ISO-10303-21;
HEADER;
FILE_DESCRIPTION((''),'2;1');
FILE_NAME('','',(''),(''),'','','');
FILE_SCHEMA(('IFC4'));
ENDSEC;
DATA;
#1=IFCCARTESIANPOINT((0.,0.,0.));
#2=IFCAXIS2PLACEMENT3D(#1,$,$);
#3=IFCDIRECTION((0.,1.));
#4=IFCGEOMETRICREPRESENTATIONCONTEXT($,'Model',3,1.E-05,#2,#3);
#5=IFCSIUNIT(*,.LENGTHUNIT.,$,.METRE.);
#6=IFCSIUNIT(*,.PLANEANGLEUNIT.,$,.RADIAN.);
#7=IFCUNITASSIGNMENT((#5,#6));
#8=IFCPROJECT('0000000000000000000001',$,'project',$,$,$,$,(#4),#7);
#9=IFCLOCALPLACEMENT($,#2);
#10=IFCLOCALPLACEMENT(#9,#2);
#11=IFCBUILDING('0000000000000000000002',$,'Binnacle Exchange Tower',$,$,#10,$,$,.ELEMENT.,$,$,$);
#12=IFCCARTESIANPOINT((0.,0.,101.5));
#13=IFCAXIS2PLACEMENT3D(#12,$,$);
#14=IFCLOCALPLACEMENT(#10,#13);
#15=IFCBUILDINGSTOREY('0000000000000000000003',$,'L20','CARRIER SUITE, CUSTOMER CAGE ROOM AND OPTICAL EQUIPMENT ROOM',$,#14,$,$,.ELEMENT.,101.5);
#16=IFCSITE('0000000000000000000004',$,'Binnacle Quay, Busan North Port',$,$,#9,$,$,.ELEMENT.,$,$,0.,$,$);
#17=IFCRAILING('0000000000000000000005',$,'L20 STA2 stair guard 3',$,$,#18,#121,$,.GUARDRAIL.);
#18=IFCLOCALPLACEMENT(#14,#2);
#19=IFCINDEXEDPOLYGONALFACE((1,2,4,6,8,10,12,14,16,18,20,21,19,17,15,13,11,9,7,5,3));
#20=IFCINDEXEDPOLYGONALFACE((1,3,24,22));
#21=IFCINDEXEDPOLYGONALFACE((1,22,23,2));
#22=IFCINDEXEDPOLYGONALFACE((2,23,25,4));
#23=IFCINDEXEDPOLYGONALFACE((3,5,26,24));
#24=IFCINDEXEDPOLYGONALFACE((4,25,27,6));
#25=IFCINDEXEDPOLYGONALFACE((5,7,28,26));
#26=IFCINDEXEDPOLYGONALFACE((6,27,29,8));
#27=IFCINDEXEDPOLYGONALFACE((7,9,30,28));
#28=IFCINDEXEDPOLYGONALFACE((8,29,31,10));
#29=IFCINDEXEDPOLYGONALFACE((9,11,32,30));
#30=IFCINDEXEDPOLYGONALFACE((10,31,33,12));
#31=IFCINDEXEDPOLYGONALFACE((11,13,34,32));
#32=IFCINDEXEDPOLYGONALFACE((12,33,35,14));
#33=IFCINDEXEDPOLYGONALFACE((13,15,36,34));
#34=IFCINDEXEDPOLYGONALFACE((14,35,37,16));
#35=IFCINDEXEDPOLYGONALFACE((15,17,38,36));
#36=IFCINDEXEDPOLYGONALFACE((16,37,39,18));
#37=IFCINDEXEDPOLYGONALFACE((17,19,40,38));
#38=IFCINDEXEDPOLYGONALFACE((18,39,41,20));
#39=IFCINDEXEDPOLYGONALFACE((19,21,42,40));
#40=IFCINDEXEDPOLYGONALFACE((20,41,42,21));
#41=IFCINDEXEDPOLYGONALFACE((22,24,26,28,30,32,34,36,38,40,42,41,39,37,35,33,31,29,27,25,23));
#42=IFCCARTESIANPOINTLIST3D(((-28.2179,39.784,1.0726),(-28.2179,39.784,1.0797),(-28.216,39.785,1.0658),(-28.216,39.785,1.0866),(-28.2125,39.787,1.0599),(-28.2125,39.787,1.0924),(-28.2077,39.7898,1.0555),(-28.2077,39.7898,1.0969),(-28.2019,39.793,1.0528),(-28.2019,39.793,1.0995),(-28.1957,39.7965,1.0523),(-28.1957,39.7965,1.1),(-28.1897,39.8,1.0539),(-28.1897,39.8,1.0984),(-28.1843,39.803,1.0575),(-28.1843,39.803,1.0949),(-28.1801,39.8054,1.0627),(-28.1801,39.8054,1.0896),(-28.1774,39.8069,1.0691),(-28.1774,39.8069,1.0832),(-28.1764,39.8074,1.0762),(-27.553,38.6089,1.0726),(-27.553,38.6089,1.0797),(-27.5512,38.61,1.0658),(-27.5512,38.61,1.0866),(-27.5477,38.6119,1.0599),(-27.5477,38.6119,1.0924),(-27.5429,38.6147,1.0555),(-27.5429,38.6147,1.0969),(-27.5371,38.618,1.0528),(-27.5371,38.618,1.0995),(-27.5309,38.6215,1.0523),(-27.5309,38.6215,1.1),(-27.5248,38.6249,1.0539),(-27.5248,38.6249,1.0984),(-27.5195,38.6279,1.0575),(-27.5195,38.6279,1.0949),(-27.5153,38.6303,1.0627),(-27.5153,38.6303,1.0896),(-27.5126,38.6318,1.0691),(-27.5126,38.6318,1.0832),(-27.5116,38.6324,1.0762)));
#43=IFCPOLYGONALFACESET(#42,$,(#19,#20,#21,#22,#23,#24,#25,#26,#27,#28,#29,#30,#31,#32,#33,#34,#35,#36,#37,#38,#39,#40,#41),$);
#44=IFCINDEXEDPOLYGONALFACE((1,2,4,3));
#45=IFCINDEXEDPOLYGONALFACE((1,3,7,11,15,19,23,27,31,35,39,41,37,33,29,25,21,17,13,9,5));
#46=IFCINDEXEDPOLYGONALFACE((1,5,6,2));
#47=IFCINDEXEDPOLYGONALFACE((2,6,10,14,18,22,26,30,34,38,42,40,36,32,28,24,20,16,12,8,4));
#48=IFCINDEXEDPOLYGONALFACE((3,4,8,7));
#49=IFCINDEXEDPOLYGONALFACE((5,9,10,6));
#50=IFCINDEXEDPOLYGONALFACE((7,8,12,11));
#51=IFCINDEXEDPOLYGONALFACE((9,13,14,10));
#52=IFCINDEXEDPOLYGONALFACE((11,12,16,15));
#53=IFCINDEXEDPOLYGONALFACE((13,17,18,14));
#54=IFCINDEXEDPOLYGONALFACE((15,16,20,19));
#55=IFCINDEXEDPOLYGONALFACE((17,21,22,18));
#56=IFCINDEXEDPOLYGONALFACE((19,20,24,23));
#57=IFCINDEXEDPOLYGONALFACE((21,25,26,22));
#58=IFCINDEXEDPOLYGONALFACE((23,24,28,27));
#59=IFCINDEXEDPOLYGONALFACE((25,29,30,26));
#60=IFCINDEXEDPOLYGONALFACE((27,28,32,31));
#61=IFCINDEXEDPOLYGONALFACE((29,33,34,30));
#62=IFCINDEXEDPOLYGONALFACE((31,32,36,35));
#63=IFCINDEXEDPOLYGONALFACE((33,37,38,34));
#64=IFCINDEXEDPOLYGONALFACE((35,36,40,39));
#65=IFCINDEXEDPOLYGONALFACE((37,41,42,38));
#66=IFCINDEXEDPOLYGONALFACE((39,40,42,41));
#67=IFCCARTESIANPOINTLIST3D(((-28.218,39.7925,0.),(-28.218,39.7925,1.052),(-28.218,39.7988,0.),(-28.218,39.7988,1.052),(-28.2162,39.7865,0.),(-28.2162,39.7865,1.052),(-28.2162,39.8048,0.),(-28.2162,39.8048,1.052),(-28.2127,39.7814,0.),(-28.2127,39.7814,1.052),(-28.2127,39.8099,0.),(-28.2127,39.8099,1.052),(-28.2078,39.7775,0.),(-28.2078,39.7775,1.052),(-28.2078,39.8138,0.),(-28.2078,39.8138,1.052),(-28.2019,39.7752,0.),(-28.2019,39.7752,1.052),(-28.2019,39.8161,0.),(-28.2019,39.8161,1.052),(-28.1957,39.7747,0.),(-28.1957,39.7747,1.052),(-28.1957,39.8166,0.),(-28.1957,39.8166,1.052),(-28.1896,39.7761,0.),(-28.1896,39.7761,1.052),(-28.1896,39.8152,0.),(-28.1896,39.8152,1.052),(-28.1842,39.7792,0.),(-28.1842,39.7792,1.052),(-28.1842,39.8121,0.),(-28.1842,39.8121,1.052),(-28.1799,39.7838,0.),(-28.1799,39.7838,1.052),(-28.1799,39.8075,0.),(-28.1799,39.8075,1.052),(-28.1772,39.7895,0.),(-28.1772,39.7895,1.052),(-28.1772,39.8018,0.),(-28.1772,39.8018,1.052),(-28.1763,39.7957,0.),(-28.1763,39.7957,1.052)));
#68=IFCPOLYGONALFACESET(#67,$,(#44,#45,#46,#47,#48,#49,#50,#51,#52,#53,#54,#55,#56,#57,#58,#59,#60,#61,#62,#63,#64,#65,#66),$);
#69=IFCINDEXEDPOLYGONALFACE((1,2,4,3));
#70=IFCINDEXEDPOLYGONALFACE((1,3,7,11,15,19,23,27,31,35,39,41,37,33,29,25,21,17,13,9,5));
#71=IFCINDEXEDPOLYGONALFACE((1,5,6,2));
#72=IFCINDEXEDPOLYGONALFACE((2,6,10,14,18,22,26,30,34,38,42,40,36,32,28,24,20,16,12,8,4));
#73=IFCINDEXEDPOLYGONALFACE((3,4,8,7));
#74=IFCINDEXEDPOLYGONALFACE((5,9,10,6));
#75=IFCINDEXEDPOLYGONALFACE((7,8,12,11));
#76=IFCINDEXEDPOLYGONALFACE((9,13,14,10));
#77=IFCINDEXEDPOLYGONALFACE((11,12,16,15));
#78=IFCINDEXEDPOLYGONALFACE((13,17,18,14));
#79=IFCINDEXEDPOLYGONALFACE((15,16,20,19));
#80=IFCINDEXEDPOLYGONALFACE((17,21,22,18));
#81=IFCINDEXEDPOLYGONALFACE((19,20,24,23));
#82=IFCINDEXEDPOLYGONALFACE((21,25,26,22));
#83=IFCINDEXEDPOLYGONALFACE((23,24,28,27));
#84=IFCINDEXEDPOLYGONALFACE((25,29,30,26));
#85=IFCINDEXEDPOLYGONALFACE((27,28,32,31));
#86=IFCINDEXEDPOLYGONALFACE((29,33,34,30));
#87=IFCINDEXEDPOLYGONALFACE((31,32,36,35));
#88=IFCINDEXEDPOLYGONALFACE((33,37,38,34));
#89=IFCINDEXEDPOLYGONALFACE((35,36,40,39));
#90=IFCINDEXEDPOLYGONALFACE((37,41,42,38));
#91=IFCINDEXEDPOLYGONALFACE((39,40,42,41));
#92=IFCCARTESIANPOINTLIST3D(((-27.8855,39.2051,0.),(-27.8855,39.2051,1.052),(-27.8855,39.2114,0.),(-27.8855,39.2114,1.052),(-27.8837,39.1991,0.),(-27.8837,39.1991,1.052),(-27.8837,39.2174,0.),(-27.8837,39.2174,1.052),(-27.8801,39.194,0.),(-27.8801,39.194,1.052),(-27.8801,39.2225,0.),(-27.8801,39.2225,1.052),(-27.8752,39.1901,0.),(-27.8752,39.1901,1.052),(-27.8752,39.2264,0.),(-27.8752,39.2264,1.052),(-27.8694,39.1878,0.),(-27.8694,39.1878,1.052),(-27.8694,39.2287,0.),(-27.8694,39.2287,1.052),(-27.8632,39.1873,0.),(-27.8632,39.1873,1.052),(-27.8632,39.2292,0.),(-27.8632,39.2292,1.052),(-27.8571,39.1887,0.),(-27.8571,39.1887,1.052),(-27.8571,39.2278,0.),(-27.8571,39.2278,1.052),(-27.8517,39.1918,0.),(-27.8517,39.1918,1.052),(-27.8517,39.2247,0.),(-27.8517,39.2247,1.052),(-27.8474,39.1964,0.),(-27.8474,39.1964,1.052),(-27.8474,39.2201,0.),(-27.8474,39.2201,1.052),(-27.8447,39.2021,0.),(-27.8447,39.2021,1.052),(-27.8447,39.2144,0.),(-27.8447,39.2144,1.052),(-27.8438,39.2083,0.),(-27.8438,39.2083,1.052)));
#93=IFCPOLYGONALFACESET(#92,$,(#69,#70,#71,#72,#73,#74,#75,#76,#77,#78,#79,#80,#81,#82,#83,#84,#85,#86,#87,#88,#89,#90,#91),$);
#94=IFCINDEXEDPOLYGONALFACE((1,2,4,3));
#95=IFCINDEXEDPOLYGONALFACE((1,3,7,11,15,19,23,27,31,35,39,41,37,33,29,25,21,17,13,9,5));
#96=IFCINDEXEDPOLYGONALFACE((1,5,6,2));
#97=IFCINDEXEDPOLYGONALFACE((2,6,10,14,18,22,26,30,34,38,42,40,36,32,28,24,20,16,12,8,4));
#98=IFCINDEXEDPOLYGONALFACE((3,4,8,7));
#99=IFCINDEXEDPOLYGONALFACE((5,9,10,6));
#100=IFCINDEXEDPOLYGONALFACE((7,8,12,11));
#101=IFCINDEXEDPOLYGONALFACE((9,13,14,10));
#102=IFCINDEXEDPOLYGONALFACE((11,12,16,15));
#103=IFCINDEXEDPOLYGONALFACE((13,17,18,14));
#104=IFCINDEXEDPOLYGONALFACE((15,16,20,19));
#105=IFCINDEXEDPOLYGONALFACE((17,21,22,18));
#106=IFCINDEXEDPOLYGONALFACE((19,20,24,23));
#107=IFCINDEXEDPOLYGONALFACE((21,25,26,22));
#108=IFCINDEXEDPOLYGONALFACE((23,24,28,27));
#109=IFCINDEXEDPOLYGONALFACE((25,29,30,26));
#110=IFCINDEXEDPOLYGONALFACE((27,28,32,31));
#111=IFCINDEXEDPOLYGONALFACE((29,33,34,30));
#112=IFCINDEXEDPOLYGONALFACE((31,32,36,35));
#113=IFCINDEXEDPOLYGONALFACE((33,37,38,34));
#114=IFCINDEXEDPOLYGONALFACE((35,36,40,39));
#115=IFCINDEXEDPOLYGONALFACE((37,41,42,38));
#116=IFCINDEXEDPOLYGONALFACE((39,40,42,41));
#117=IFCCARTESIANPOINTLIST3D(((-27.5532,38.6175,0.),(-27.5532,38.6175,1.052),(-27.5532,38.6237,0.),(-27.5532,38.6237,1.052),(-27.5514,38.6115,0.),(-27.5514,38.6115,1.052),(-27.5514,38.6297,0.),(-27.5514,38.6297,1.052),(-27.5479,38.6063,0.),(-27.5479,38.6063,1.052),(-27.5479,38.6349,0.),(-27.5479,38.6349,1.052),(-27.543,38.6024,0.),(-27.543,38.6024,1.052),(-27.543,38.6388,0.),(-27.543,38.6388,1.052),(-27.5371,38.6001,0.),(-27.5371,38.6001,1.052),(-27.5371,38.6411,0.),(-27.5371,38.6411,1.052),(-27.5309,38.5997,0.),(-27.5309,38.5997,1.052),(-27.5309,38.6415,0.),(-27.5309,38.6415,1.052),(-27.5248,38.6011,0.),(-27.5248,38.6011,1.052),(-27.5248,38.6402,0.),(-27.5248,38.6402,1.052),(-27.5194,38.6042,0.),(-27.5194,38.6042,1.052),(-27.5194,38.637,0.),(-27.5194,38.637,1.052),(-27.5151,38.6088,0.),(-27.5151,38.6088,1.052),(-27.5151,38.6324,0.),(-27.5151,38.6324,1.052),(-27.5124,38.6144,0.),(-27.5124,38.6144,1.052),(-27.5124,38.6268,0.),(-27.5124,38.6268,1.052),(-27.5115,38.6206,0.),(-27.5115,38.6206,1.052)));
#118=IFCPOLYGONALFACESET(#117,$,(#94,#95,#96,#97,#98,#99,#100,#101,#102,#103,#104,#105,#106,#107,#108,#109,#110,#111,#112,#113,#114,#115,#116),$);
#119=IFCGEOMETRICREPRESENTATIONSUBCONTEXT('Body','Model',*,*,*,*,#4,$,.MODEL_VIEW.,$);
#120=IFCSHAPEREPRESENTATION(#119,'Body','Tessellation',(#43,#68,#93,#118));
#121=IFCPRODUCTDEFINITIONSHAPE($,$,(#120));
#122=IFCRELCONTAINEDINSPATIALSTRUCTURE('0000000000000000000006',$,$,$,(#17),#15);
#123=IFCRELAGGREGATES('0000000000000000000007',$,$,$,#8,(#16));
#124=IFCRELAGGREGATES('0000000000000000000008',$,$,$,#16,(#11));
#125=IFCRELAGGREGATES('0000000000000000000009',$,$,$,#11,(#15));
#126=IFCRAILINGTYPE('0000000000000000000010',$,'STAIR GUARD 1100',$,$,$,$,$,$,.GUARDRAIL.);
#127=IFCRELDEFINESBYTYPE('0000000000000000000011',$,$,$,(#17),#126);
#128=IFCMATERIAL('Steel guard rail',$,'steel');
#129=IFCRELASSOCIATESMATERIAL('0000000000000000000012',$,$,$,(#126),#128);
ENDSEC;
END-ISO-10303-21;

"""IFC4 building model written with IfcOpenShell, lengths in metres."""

from ifc_helpers import new_model, si_unit, direction, frame, origin, origin_2d, place, context, subcontext, project, spatial, circle, extrude, material, type_object, element, save


model = new_model("IFC4")

# Units and contexts
model_context = context("Model", 3, precision=1e-05, world=origin(), true_north=direction((0.0, 1.0)))
body_context = subcontext(model_context, "Body", "Model", "MODEL_VIEW")
ifc_project = project(units=[si_unit("LENGTHUNIT", "METRE"), si_unit("PLANEANGLEUNIT", "RADIAN")], contexts=[model_context])

# Site, building, storey
site_placement = place(None, origin())
site = spatial("IfcSite", under=ifc_project, at=site_placement, Name="Binnacle Quay, Busan North Port", CompositionType="ELEMENT", RefElevation=0.0)
building_placement = place(site_placement, origin())
building = spatial("IfcBuilding", under=site, at=building_placement, Name="Binnacle Exchange Tower", CompositionType="ELEMENT")
storey_placement = place(building_placement, frame((0.0, 0.0, 101.5)))
storey = spatial("IfcBuildingStorey", under=building, at=storey_placement, Name="L20", Description="CARRIER SUITE, CUSTOMER CAGE ROOM AND OPTICAL EQUIPMENT ROOM", CompositionType="ELEMENT", Elevation=101.5)

# Railing
ifc_material_1 = material(Name="Steel guard rail", Category="steel")
railing_type_1 = type_object("IfcRailingType", Name="STAIR GUARD 1100", PredefinedType="GUARDRAIL", material=ifc_material_1)
railing_1_placement = place(storey_placement, frame((-28.1973, 39.7957, 0.0)))
element("IfcRailing", 1, at=railing_1_placement, inside=storey, type_object=railing_type_1, Name="L20 STA2 stair guard 3", PredefinedType="GUARDRAIL", context=body_context, shape_type="SweptSolid", body=[
    extrude(circle(Radius=0.0239, at=origin_2d()), frame((0.0, 0.0, 1.0762), z_axis=(0.492415, -0.870361, 0.0), x_axis=(0.870361, 0.492415, 0.0)), (0.0, 0.0, 1.0), 1.3501),
    extrude(circle(Radius=0.021, at=origin_2d()), origin(), (0.0, 0.0, 1.0), 1.052),
    extrude(circle(Radius=0.021, at=origin_2d()), frame((0.3325, -0.5874, 0.0)), (0.0, 0.0, 1.0), 1.052),
    extrude(circle(Radius=0.021, at=origin_2d()), frame((0.6648, -1.175, 0.0)), (0.0, 0.0, 1.0), 1.052),
])

save(model, "model.ifc")
